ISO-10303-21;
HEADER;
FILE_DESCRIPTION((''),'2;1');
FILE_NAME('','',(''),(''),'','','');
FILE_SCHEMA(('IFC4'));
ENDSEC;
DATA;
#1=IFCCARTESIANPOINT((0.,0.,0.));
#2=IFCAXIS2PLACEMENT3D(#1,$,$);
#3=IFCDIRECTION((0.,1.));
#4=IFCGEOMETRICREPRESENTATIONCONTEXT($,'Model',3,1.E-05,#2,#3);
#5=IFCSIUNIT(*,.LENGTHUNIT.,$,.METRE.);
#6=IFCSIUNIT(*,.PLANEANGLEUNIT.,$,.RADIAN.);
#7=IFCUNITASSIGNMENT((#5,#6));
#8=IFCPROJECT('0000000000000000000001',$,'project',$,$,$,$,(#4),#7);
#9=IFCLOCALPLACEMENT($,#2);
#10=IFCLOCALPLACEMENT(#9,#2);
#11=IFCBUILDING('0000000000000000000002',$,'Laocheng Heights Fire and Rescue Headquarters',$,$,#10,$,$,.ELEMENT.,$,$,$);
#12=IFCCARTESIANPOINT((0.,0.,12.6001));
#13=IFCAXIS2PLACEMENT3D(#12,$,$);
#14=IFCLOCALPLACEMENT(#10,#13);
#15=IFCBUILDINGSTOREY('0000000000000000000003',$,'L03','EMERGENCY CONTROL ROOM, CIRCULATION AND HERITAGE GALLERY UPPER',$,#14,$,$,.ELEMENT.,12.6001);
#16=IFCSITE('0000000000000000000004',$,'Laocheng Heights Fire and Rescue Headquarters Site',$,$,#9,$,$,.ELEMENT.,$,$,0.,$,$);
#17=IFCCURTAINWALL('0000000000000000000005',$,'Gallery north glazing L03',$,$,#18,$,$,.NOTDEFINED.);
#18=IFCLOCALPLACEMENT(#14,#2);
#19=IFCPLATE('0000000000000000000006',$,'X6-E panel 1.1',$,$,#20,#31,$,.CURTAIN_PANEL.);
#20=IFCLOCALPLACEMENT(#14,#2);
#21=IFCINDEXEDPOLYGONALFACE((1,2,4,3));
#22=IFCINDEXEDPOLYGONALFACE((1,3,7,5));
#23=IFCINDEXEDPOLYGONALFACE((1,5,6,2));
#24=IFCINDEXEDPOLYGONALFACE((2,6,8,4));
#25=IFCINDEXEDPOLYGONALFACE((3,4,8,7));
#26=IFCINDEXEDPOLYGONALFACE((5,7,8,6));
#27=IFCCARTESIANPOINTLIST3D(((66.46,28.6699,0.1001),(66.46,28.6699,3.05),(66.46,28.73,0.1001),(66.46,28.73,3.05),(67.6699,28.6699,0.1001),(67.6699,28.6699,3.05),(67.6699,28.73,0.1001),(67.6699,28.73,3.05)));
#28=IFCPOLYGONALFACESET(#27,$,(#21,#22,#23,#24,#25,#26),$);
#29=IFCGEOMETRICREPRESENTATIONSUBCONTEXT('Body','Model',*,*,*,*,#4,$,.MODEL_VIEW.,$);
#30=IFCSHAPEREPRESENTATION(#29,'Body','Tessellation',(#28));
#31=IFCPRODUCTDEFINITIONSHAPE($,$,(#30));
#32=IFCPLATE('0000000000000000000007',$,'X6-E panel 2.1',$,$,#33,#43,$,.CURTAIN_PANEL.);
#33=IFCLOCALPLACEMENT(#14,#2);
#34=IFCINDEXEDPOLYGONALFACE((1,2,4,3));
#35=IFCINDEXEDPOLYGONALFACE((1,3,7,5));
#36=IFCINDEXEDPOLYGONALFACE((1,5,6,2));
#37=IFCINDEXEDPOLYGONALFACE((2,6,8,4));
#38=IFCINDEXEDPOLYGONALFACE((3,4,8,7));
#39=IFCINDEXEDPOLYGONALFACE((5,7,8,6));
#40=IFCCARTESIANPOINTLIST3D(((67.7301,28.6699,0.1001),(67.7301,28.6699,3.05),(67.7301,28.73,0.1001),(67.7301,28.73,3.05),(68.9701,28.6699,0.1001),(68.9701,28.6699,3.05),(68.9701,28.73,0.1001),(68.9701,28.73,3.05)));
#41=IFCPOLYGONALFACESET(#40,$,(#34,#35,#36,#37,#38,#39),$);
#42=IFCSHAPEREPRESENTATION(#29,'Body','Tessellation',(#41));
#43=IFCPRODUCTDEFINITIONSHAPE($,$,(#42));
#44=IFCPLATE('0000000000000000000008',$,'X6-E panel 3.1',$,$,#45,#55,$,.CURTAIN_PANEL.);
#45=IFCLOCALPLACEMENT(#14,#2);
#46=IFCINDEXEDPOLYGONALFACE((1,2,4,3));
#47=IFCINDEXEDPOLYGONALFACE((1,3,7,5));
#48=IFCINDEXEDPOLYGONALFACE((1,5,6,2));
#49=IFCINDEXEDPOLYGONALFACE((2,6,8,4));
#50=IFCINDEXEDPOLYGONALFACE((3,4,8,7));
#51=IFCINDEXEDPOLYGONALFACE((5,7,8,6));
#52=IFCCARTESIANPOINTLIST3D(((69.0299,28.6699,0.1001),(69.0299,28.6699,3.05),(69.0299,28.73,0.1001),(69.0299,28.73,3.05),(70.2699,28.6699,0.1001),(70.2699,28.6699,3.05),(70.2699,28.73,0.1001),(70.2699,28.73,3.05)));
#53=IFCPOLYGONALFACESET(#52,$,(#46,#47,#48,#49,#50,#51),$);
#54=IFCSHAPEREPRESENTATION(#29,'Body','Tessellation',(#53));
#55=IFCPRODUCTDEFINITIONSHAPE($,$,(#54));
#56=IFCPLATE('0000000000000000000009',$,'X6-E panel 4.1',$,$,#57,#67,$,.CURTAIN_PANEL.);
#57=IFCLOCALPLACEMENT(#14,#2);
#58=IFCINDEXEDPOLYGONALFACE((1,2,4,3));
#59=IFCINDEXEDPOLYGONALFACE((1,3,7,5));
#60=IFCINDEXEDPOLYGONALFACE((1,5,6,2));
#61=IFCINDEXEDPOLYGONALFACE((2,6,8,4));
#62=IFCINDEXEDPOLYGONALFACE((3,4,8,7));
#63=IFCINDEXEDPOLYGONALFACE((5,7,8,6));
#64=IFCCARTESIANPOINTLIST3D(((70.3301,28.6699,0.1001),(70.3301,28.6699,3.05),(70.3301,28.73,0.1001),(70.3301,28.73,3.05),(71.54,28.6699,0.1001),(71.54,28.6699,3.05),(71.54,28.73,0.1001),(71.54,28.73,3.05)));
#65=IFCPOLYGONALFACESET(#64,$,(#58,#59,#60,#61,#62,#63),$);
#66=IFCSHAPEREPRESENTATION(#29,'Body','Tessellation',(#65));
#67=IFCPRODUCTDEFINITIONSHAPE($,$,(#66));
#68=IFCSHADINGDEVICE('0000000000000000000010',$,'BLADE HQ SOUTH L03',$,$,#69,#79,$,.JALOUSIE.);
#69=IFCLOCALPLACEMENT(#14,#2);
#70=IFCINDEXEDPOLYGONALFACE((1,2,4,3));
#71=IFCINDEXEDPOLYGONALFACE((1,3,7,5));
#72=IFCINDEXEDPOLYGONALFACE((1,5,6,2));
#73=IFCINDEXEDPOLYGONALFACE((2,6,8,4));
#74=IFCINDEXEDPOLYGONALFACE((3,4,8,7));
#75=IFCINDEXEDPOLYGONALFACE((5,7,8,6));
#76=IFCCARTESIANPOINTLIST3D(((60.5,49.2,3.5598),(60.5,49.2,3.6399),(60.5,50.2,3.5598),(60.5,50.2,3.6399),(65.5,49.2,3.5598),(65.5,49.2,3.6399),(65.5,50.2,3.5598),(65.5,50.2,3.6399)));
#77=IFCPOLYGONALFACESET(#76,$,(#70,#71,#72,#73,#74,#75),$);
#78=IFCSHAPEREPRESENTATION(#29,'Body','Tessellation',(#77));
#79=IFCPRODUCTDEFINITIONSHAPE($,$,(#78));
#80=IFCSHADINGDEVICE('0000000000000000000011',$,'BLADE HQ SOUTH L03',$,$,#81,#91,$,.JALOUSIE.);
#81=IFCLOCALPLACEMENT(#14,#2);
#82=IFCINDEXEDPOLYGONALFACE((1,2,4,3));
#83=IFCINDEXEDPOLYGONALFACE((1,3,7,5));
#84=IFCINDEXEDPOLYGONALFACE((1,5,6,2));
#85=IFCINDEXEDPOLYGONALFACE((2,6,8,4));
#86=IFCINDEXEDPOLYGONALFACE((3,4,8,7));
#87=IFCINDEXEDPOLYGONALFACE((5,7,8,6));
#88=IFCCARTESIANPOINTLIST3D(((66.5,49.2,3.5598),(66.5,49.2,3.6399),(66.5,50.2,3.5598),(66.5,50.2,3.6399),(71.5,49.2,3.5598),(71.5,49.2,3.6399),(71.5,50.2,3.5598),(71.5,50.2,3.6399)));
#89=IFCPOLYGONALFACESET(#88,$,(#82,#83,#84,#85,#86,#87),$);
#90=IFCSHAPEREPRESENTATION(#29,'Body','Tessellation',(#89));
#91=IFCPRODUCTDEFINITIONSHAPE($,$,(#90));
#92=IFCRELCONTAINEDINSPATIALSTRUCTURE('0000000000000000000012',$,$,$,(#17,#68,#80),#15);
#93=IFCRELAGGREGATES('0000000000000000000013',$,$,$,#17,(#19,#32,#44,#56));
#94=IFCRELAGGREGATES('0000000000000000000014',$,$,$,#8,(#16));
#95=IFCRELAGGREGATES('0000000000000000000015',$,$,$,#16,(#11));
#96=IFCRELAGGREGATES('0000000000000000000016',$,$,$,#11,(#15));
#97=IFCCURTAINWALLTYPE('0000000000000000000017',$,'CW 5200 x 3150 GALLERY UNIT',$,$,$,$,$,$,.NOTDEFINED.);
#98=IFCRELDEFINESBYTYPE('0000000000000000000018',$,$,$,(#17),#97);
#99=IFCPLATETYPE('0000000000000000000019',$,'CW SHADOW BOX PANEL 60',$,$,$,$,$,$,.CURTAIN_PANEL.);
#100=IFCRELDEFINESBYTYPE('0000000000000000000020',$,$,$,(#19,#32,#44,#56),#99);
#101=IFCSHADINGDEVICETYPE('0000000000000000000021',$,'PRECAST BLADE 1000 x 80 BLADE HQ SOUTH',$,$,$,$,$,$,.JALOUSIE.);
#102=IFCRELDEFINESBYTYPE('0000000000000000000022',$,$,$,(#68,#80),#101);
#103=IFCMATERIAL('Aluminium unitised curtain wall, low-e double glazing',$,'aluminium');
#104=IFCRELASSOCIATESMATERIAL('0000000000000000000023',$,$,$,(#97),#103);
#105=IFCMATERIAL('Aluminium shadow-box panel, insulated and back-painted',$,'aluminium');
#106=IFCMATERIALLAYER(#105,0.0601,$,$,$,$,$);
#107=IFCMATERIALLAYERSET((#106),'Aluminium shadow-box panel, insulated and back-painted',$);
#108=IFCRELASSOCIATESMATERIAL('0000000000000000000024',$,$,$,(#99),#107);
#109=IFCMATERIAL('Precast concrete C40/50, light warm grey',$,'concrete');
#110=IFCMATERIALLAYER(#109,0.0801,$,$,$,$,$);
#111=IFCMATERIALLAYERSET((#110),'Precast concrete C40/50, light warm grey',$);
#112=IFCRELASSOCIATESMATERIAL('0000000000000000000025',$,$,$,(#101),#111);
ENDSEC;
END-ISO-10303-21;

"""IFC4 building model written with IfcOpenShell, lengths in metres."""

from ifc_helpers import new_model, si_unit, direction, frame, origin, origin_2d, place, context, subcontext, project, spatial, rectangle, extrude, material, layer, layer_set, type_object, element, aggregate, save


model = new_model("IFC4")

# Units and contexts
model_context = context("Model", 3, precision=1e-05, world=origin(), true_north=direction((0.0, 1.0)))
body_context = subcontext(model_context, "Body", "Model", "MODEL_VIEW")
ifc_project = project(units=[si_unit("LENGTHUNIT", "METRE"), si_unit("PLANEANGLEUNIT", "RADIAN")], contexts=[model_context])

# Site, building, storey
site_placement = place(None, origin())
site = spatial("IfcSite", under=ifc_project, at=site_placement, Name="Laocheng Heights Fire and Rescue Headquarters Site", CompositionType="ELEMENT", RefElevation=0.0)
building_placement = place(site_placement, origin())
building = spatial("IfcBuilding", under=site, at=building_placement, Name="Laocheng Heights Fire and Rescue Headquarters", CompositionType="ELEMENT")
storey_placement = place(building_placement, frame((0.0, 0.0, 12.6001)))
storey = spatial("IfcBuildingStorey", under=building, at=storey_placement, Name="L03", Description="EMERGENCY CONTROL ROOM, CIRCULATION AND HERITAGE GALLERY UPPER", CompositionType="ELEMENT", Elevation=12.6001)

# Shared definitions
ifc_material_1 = material(Name="Aluminium unitised curtain wall, low-e double glazing", Category="aluminium")
curtain_wall_type_1 = type_object("IfcCurtainWallType", Name="CW 5200 x 3150 GALLERY UNIT", PredefinedType="NOTDEFINED", material=ifc_material_1)

# Curtain wall
curtain_wall_1_placement = place(storey_placement, origin())
curtain_wall_1 = element("IfcCurtainWall", 1, at=curtain_wall_1_placement, inside=storey, type_object=curtain_wall_type_1, Name="Gallery north glazing L03", PredefinedType="NOTDEFINED")

# Plates
ifc_material_2 = material(Name="Aluminium shadow-box panel, insulated and back-painted", Category="aluminium")
ifc_layer_1 = layer(ifc_material_2, 0.0601)
ifc_layer_set_1 = layer_set([ifc_layer_1], Name="Aluminium shadow-box panel, insulated and back-painted")
plate_type = type_object("IfcPlateType", Name="CW SHADOW BOX PANEL 60", PredefinedType="CURTAIN_PANEL", material=ifc_layer_set_1)
plate_1_placement = place(storey_placement, frame((67.0649, 28.7, 0.1001), z_axis=(0.0, 0.0, 1.0), x_axis=(1.0, 0.0, 0.0)))
plate_1 = element("IfcPlate", 2, at=plate_1_placement, type_object=plate_type, Name="X6-E panel 1.1", PredefinedType="CURTAIN_PANEL", context=body_context, shape_type="SweptSolid", body=[
    extrude(rectangle(XDim=1.21, YDim=0.0601, at=origin_2d()), origin(), (0.0, 0.0, 1.0), 2.95),
])
plate_2_placement = place(storey_placement, frame((68.3501, 28.7, 0.1001), z_axis=(0.0, 0.0, 1.0), x_axis=(1.0, 0.0, 0.0)))
plate_2 = element("IfcPlate", 3, at=plate_2_placement, type_object=plate_type, Name="X6-E panel 2.1", PredefinedType="CURTAIN_PANEL", context=body_context, shape_type="SweptSolid", body=[
    extrude(rectangle(XDim=1.24, YDim=0.0601, at=origin_2d()), origin(), (0.0, 0.0, 1.0), 2.95),
])
plate_3_placement = place(storey_placement, frame((69.6499, 28.7, 0.1001), z_axis=(0.0, 0.0, 1.0), x_axis=(1.0, 0.0, 0.0)))
plate_3 = element("IfcPlate", 4, at=plate_3_placement, type_object=plate_type, Name="X6-E panel 3.1", PredefinedType="CURTAIN_PANEL", context=body_context, shape_type="SweptSolid", body=[
    extrude(rectangle(XDim=1.24, YDim=0.0601, at=origin_2d()), origin(), (0.0, 0.0, 1.0), 2.95),
])
plate_4_placement = place(storey_placement, frame((70.9351, 28.7, 0.1001), z_axis=(0.0, 0.0, 1.0), x_axis=(1.0, 0.0, 0.0)))
plate_4 = element("IfcPlate", 5, at=plate_4_placement, type_object=plate_type, Name="X6-E panel 4.1", PredefinedType="CURTAIN_PANEL", context=body_context, shape_type="SweptSolid", body=[
    extrude(rectangle(XDim=1.21, YDim=0.0601, at=origin_2d()), origin(), (0.0, 0.0, 1.0), 2.95),
])
aggregate(curtain_wall_1, [plate_1, plate_2, plate_3, plate_4])

# Shading devices
ifc_material_3 = material(Name="Precast concrete C40/50, light warm grey", Category="concrete")
ifc_layer_2 = layer(ifc_material_3, 0.0801)
ifc_layer_set_2 = layer_set([ifc_layer_2], Name="Precast concrete C40/50, light warm grey")
shading_device_type = type_object("IfcShadingDeviceType", Name="PRECAST BLADE 1000 x 80 BLADE HQ SOUTH", PredefinedType="JALOUSIE", material=ifc_layer_set_2)
for number, where, z_axis, x_axis, name in (
    (6, (63.0, 49.7, 3.5598), (0.0, 0.0, 1.0), (1.0, 0.0, 0.0), "BLADE HQ SOUTH L03"),
    (7, (69.0, 49.7, 3.5598), (0.0, 0.0, 1.0), (1.0, 0.0, 0.0), "BLADE HQ SOUTH L03"),
):
    element("IfcShadingDevice", number, at=place(storey_placement, frame(where, z_axis=z_axis, x_axis=x_axis)), inside=storey, type_object=shading_device_type, Name=name, PredefinedType="JALOUSIE", context=body_context, shape_type="SweptSolid", body=[
        extrude(rectangle(XDim=5.0, YDim=1.0, at=origin_2d()), origin(), (0.0, 0.0, 1.0), 0.0801),
    ])

save(model, "model.ifc")
